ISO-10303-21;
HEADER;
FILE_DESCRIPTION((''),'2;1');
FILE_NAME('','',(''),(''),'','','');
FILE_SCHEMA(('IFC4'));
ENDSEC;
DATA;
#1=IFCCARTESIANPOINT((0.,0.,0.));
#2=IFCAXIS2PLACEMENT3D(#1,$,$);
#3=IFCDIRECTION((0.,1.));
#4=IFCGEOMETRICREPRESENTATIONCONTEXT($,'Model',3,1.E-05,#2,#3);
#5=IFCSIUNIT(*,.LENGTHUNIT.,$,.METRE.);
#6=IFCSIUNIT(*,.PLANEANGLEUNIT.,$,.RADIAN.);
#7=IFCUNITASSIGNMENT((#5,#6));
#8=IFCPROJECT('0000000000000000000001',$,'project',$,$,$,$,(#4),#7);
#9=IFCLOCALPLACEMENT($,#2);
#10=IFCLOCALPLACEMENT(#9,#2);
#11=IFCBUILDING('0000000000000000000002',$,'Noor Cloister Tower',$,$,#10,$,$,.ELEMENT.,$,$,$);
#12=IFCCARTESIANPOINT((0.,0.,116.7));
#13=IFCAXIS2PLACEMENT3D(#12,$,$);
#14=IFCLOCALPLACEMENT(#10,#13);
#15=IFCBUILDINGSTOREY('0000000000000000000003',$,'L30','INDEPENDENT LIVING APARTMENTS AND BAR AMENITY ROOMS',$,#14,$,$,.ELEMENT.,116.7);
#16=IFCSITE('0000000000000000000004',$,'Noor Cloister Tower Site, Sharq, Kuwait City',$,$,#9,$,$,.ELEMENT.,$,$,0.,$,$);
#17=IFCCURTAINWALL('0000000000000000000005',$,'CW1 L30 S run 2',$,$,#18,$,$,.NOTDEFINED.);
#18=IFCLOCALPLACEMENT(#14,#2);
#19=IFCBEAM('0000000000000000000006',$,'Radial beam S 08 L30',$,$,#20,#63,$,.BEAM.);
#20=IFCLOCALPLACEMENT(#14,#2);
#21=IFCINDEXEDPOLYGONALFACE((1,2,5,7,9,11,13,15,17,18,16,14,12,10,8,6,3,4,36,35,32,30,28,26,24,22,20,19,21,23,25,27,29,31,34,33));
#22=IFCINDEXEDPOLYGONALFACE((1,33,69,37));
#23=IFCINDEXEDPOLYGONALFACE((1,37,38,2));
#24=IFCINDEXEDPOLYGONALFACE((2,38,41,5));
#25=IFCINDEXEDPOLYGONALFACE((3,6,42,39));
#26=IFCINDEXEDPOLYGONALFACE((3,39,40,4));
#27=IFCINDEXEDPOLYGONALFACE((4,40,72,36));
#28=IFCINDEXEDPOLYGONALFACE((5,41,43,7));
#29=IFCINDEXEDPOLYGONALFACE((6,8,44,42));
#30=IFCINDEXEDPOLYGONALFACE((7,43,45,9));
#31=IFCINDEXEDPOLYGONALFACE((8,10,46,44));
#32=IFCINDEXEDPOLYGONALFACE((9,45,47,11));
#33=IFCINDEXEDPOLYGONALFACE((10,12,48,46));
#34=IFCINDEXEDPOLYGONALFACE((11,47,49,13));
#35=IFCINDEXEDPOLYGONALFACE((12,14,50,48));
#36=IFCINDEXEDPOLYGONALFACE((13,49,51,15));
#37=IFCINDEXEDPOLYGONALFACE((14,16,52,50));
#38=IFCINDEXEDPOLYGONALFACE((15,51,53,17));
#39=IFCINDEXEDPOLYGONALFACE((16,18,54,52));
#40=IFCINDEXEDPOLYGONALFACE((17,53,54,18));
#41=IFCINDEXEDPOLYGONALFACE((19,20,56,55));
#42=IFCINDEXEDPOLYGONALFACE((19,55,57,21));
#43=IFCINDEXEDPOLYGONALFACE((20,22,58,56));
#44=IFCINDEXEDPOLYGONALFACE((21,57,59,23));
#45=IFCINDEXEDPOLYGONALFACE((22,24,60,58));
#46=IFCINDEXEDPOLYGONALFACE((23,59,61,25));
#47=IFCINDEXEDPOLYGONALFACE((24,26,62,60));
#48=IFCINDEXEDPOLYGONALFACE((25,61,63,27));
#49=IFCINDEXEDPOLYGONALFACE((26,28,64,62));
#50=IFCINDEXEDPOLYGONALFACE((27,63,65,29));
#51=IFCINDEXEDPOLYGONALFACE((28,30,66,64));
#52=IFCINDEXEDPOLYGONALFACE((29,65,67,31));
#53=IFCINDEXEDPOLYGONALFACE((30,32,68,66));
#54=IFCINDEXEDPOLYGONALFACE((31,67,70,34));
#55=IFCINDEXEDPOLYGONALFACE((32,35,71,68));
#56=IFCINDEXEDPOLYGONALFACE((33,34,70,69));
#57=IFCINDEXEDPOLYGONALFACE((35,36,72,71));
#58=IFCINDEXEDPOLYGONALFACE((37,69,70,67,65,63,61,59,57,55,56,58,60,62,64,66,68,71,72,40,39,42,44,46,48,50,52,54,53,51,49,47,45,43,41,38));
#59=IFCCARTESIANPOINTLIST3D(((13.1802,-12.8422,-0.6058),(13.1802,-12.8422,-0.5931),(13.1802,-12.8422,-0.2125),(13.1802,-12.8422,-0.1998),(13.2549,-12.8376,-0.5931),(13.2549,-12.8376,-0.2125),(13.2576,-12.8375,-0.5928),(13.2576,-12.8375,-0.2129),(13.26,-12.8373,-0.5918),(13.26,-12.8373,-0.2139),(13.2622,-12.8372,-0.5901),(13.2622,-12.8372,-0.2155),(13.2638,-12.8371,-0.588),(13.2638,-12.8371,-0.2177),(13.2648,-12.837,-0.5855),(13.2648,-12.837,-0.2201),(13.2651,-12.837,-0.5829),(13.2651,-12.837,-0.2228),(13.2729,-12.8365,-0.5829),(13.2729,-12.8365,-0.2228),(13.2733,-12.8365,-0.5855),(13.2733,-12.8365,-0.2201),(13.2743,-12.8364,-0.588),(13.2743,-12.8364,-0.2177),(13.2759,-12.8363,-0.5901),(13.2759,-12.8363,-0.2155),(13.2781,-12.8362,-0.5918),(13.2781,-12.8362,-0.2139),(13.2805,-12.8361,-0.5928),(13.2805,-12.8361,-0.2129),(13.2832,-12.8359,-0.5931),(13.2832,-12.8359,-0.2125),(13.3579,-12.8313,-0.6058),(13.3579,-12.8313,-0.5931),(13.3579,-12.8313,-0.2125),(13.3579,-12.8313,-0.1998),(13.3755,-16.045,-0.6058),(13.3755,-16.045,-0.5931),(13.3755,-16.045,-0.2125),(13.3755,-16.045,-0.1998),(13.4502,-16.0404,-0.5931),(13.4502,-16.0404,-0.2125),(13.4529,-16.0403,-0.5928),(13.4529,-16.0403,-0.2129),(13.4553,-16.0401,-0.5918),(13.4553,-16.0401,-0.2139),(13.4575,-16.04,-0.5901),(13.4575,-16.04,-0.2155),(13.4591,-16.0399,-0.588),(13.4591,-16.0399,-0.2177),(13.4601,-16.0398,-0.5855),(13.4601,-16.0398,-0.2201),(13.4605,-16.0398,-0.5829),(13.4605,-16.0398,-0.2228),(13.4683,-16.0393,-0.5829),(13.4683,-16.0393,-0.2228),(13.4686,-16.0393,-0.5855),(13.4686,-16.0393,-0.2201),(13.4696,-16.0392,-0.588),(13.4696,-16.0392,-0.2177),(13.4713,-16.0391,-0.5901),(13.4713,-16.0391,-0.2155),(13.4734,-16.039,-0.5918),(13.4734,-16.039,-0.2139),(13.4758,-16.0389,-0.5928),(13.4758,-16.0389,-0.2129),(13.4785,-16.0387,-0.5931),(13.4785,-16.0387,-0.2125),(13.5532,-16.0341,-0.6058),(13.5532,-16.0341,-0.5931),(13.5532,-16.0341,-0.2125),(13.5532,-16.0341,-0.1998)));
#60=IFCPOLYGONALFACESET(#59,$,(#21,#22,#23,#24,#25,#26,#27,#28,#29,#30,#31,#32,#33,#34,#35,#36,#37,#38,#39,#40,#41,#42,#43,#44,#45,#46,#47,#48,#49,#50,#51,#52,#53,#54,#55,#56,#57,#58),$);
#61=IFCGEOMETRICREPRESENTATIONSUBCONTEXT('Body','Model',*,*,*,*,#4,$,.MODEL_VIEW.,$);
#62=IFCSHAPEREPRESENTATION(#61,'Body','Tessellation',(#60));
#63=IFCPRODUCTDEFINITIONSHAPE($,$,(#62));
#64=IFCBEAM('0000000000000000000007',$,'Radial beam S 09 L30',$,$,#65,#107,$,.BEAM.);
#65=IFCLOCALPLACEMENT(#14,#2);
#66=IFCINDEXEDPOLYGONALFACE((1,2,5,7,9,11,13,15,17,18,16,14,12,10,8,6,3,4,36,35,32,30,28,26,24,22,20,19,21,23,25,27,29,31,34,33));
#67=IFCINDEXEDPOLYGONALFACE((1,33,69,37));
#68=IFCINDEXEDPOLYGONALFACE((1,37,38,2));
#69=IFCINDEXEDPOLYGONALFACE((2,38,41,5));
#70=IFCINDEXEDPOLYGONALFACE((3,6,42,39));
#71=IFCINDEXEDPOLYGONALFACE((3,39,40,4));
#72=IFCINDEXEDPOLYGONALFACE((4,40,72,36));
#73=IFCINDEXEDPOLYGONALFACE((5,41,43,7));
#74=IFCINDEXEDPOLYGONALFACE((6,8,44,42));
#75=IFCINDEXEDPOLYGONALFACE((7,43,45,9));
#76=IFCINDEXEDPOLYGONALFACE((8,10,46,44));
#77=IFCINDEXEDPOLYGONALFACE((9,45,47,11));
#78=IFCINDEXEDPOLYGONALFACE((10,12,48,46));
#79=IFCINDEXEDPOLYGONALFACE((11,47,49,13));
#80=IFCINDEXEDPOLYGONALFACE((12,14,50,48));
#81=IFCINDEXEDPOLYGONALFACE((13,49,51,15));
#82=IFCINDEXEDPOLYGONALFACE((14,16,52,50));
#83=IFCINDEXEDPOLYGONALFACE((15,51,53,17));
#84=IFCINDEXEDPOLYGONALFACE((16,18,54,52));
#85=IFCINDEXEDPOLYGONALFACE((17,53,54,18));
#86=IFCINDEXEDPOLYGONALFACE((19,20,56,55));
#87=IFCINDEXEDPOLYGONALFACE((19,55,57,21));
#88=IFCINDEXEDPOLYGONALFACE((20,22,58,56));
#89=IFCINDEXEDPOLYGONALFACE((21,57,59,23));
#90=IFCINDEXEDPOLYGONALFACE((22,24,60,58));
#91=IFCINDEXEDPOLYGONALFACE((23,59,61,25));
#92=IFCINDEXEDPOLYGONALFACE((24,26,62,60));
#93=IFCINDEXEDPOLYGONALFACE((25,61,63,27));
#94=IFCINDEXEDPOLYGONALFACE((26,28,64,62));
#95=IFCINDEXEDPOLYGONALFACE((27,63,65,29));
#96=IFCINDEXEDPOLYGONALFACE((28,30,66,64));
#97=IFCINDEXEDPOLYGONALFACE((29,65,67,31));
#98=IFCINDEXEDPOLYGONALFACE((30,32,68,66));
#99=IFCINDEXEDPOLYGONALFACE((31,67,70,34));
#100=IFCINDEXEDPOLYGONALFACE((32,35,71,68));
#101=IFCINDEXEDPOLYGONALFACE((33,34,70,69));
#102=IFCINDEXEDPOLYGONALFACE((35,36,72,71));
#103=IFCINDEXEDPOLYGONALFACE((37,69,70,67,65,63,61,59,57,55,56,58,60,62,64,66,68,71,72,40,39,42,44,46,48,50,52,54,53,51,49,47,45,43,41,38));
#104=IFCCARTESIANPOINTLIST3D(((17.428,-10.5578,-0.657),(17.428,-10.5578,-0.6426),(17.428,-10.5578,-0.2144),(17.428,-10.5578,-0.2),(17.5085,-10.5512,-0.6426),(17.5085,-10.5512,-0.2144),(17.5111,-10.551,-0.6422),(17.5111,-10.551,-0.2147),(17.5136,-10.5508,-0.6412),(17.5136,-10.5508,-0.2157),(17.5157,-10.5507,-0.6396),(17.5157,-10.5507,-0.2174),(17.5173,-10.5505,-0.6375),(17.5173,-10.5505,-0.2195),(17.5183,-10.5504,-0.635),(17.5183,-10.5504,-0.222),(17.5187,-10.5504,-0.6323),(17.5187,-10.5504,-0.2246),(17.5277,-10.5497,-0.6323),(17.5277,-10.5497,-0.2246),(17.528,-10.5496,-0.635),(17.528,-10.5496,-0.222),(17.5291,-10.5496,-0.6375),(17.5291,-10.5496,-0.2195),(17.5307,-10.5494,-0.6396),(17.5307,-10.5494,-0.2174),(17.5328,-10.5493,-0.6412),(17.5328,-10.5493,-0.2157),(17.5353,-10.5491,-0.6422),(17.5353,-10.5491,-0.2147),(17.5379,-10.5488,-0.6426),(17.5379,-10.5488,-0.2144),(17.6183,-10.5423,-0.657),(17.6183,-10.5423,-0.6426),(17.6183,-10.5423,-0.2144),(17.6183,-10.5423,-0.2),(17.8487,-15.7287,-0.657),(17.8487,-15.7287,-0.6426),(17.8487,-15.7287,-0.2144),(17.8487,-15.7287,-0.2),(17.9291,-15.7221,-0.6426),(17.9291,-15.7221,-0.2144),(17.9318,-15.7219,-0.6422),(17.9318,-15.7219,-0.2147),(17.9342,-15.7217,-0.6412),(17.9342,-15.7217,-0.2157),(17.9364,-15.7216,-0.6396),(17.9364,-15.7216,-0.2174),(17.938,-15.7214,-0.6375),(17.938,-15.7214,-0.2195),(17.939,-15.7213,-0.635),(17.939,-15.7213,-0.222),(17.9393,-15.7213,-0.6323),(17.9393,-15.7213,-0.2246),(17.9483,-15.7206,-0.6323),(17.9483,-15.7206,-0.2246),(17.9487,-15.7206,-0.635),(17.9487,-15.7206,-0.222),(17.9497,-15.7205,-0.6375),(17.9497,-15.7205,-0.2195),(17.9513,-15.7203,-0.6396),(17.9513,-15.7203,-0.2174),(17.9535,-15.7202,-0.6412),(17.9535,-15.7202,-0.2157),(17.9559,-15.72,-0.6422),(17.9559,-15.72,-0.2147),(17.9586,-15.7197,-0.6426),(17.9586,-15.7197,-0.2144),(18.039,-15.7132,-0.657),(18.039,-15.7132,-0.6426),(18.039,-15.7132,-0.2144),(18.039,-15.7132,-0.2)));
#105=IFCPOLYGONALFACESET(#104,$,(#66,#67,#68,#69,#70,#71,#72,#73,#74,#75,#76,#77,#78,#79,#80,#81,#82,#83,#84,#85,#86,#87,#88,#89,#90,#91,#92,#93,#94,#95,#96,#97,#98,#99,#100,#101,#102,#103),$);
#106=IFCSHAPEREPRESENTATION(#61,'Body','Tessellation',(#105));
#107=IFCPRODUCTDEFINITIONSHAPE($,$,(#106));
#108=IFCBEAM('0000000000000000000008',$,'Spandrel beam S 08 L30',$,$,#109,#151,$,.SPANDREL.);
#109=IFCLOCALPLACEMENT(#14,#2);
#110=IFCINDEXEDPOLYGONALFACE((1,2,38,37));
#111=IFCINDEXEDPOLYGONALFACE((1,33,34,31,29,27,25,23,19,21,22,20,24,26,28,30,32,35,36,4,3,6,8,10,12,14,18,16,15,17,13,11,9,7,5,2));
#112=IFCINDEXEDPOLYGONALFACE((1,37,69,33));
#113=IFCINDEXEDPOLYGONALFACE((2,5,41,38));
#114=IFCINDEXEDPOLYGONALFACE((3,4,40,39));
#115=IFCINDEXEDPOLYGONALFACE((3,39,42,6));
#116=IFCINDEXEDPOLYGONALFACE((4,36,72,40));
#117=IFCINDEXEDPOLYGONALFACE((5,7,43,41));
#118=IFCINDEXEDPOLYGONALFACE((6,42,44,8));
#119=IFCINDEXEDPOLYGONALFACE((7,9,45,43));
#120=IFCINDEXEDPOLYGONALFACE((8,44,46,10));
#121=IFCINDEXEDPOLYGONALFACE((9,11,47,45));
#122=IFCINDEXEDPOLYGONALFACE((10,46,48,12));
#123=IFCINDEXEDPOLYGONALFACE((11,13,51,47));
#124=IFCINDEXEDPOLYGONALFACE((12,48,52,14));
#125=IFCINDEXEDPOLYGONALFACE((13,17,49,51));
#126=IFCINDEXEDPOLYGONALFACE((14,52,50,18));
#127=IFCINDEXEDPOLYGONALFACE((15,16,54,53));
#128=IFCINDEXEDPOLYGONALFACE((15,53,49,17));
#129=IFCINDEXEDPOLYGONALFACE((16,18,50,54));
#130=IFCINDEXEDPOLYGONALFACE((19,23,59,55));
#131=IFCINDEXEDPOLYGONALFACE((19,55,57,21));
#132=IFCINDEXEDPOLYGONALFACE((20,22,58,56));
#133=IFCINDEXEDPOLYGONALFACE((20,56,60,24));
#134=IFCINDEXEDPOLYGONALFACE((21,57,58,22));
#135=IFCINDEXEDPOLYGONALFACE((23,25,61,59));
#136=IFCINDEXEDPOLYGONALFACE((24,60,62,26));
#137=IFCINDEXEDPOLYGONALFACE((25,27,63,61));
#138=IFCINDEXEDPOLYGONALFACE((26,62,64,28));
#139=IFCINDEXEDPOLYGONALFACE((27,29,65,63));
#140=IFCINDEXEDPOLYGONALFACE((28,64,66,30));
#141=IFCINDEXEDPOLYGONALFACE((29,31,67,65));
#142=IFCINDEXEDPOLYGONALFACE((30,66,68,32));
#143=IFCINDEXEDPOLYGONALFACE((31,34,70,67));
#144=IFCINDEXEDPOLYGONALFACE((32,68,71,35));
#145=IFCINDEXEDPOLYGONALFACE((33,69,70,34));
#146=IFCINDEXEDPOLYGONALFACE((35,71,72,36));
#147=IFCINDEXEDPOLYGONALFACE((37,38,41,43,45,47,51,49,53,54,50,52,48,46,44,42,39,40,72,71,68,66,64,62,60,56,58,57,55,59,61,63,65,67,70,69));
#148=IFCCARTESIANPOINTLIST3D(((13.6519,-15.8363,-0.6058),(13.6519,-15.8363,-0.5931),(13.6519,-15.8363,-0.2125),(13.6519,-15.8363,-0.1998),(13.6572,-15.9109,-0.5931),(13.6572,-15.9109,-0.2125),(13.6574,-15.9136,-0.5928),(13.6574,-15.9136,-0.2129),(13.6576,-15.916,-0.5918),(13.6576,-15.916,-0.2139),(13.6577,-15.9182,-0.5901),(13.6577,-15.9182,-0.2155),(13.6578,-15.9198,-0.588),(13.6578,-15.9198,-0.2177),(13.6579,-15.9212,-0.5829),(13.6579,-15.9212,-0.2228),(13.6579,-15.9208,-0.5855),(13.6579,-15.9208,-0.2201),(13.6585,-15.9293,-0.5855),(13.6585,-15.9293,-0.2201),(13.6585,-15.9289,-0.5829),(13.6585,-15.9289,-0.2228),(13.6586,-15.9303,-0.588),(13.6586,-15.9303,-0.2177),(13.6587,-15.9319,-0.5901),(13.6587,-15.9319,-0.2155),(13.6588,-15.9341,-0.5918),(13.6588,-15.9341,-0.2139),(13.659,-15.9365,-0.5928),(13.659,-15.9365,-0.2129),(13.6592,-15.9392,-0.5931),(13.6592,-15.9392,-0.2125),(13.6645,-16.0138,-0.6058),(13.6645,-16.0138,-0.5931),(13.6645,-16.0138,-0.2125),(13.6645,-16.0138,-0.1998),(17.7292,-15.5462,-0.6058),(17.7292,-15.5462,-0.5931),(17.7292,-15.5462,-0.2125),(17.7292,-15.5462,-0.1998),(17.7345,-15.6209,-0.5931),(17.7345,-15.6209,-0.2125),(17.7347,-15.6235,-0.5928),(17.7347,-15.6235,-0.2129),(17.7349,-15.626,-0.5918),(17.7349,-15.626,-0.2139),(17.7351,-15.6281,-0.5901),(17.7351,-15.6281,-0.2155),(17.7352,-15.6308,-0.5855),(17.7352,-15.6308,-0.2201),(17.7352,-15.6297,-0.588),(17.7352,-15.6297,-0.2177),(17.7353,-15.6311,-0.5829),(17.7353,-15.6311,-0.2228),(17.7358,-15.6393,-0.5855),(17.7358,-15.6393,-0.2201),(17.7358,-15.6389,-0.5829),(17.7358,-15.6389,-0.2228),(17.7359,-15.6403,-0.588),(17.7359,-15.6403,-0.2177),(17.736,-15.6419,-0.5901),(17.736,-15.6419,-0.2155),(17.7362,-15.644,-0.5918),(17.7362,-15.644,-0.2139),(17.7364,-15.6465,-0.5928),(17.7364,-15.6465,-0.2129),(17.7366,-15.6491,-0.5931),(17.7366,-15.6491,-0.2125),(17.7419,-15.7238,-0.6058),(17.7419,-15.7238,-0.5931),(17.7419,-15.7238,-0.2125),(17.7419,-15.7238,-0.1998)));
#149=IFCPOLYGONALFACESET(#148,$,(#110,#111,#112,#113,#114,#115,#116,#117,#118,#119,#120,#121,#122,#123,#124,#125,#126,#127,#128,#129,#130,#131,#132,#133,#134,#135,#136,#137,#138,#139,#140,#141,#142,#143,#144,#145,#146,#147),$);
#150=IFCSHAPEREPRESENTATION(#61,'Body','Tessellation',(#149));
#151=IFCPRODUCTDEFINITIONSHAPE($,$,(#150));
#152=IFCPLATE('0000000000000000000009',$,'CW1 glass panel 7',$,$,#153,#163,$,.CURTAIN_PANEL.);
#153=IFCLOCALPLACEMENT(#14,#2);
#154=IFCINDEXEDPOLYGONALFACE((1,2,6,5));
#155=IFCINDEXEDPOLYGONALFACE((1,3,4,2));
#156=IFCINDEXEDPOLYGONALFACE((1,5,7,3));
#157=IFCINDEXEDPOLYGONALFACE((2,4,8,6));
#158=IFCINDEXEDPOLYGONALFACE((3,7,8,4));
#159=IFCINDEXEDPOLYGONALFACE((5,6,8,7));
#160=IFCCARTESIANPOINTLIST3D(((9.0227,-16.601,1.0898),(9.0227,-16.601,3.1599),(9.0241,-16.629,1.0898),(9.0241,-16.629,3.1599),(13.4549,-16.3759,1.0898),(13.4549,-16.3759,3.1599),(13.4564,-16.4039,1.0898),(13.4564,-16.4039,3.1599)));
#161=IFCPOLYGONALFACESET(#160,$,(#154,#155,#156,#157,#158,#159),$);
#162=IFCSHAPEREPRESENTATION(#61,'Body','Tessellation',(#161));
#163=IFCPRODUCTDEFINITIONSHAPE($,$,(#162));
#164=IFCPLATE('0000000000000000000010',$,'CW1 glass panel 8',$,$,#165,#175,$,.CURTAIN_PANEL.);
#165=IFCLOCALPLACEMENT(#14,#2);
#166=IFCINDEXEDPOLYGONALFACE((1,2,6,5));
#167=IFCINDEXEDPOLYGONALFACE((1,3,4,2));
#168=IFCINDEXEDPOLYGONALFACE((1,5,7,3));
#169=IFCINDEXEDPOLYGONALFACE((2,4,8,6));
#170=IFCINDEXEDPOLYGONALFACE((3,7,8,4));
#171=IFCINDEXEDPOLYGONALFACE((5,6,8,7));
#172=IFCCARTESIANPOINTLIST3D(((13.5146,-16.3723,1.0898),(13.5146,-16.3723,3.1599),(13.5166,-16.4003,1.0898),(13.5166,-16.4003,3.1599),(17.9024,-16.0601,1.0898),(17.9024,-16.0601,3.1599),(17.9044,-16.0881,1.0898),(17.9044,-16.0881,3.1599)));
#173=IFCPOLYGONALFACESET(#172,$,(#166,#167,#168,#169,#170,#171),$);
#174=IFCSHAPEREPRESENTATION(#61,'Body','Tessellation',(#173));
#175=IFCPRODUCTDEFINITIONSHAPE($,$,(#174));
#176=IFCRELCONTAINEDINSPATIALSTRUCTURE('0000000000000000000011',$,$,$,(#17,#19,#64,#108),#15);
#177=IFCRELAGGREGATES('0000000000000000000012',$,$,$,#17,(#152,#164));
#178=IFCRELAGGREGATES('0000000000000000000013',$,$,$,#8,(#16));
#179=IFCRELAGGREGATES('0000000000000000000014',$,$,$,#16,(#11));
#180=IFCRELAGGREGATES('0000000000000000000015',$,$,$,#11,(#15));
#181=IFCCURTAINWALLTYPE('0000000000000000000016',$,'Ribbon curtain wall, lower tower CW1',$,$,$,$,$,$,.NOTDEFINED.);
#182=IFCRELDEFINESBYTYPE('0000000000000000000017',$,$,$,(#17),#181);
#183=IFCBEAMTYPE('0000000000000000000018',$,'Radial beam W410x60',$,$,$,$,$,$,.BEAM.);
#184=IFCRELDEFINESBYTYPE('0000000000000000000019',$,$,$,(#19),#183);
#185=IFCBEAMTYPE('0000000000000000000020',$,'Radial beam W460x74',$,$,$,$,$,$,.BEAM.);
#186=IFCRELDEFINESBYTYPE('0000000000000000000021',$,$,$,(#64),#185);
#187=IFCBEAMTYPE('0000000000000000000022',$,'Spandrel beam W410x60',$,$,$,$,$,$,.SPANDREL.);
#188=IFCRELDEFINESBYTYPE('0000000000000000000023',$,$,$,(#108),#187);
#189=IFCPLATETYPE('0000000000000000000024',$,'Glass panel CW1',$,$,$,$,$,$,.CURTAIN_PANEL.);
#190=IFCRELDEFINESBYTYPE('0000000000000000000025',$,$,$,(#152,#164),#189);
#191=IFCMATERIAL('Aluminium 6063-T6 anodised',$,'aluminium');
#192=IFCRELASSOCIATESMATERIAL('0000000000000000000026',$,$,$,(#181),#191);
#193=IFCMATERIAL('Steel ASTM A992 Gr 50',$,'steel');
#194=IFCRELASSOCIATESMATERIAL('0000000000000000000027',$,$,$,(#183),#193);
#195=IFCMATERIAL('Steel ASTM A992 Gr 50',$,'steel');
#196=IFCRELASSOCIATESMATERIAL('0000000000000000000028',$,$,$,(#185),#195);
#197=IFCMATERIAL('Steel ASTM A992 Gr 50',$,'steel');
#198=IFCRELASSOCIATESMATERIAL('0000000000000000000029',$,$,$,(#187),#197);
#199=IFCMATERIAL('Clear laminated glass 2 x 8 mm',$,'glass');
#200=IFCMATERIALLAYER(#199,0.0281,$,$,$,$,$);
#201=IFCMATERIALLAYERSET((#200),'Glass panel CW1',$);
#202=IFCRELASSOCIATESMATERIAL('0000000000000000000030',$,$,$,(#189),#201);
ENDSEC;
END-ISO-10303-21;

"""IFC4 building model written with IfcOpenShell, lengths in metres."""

from ifc_helpers import new_model, si_unit, direction, frame, origin, origin_2d, place, context, subcontext, project, spatial, rectangle, i_section, extrude, material, layer, layer_set, material_profile, profile_set, type_object, element, aggregate, save


model = new_model("IFC4")

# Units and contexts
model_context = context("Model", 3, precision=1e-05, world=origin(), true_north=direction((0.0, 1.0)))
body_context = subcontext(model_context, "Body", "Model", "MODEL_VIEW")
ifc_project = project(units=[si_unit("LENGTHUNIT", "METRE"), si_unit("PLANEANGLEUNIT", "RADIAN")], contexts=[model_context])

# Site, building, storey
site_placement = place(None, origin())
site = spatial("IfcSite", under=ifc_project, at=site_placement, Name="Noor Cloister Tower Site, Sharq, Kuwait City", CompositionType="ELEMENT", RefElevation=0.0)
building_placement = place(site_placement, origin())
building = spatial("IfcBuilding", under=site, at=building_placement, Name="Noor Cloister Tower", CompositionType="ELEMENT")
storey_placement = place(building_placement, frame((0.0, 0.0, 116.7)))
storey = spatial("IfcBuildingStorey", under=building, at=storey_placement, Name="L30", Description="INDEPENDENT LIVING APARTMENTS AND BAR AMENITY ROOMS", CompositionType="ELEMENT", Elevation=116.7)

# Curtain wall
ifc_material_1 = material(Name="Aluminium 6063-T6 anodised", Category="aluminium")
curtain_wall_type = type_object("IfcCurtainWallType", Name="Ribbon curtain wall, lower tower CW1", PredefinedType="NOTDEFINED", material=ifc_material_1)
curtain_wall_placement = place(storey_placement, origin())
curtain_wall = element("IfcCurtainWall", 1, at=curtain_wall_placement, inside=storey, type_object=curtain_wall_type, Name="CW1 L30 S run 2", PredefinedType="NOTDEFINED")

# Beams
ifc_material_2 = material(Name="Steel ASTM A992 Gr 50", Category="steel")
ifc_material_profile_1 = material_profile(ifc_material_2, i_section(OverallWidth=0.178, OverallDepth=0.406, WebThickness=0.0078, FlangeThickness=0.0127, FilletRadius=0.0103, at=origin_2d()), Name="W410x60")
ifc_profile_set_1 = profile_set([ifc_material_profile_1], Name="Steel ASTM A992 Gr 50")
beam_type_1 = type_object("IfcBeamType", Name="Radial beam W410x60", PredefinedType="BEAM", material=ifc_profile_set_1)
beam_1_placement = place(storey_placement, frame((13.4644, -16.0396, -0.4028), z_axis=(-0.060867, 0.998146, 0.0), x_axis=(-0.998146, -0.060867, 0.0)))
element("IfcBeam", 2, at=beam_1_placement, inside=storey, type_object=beam_type_1, Name="Radial beam S 08 L30", PredefinedType="BEAM", context=body_context, shape_type="SweptSolid", body=[
    extrude(i_section(OverallWidth=0.178, OverallDepth=0.406, WebThickness=0.0078, FlangeThickness=0.0127, FilletRadius=0.0103, at=origin_2d()), origin(), (0.0, 0.0, 1.0), 3.2087),
])
ifc_material_3 = material(Name="Steel ASTM A992 Gr 50", Category="steel")
ifc_material_profile_2 = material_profile(ifc_material_3, i_section(OverallWidth=0.1909, OverallDepth=0.457, WebThickness=0.009, FlangeThickness=0.0144, FilletRadius=0.0103, at=origin_2d()), Name="W460x74")
ifc_profile_set_2 = profile_set([ifc_material_profile_2], Name="Steel ASTM A992 Gr 50")
beam_type_2 = type_object("IfcBeamType", Name="Radial beam W460x74", PredefinedType="BEAM", material=ifc_profile_set_2)
beam_2_placement = place(storey_placement, frame((17.9438, -15.7209, -0.4285), z_axis=(-0.081082, 0.996707, 0.0), x_axis=(-0.996707, -0.081082, 0.0)))
element("IfcBeam", 3, at=beam_2_placement, inside=storey, type_object=beam_type_2, Name="Radial beam S 09 L30", PredefinedType="BEAM", context=body_context, shape_type="SweptSolid", body=[
    extrude(i_section(OverallWidth=0.1909, OverallDepth=0.457, WebThickness=0.009, FlangeThickness=0.0144, FilletRadius=0.0103, at=origin_2d()), origin(), (0.0, 0.0, 1.0), 5.188),
])
ifc_material_4 = material(Name="Steel ASTM A992 Gr 50", Category="steel")
ifc_material_profile_3 = material_profile(ifc_material_4, i_section(OverallWidth=0.178, OverallDepth=0.406, WebThickness=0.0078, FlangeThickness=0.0127, FilletRadius=0.0103, at=origin_2d()), Name="W410x60")
ifc_profile_set_3 = profile_set([ifc_material_profile_3], Name="Steel ASTM A992 Gr 50")
beam_type_3 = type_object("IfcBeamType", Name="Spandrel beam W410x60", PredefinedType="SPANDREL", material=ifc_profile_set_3)
beam_3_placement = place(storey_placement, frame((13.6582, -15.925, -0.4028), z_axis=(0.99748, 0.070954, 0.0), x_axis=(-0.070954, 0.99748, 0.0)))
element("IfcBeam", 4, at=beam_3_placement, inside=storey, type_object=beam_type_3, Name="Spandrel beam S 08 L30", PredefinedType="SPANDREL", context=body_context, shape_type="SweptSolid", body=[
    extrude(i_section(OverallWidth=0.178, OverallDepth=0.406, WebThickness=0.0078, FlangeThickness=0.0127, FilletRadius=0.0103, at=origin_2d()), origin(), (0.0, 0.0, 1.0), 4.0876),
])

# Plates
ifc_material_5 = material(Name="Clear laminated glass 2 x 8 mm", Category="glass")
ifc_layer = layer(ifc_material_5, 0.0281)
ifc_layer_set = layer_set([ifc_layer], Name="Glass panel CW1")
plate_type = type_object("IfcPlateType", Name="Glass panel CW1", PredefinedType="CURTAIN_PANEL", material=ifc_layer_set)
plate_1_placement = place(storey_placement, frame((11.2395, -16.5024, 1.0898), z_axis=(0.0, 0.0, 1.0), x_axis=(0.998713, 0.050715, 0.0)))
plate_1 = element("IfcPlate", 5, at=plate_1_placement, type_object=plate_type, Name="CW1 glass panel 7", PredefinedType="CURTAIN_PANEL", context=body_context, shape_type="SweptSolid", body=[
    extrude(rectangle(XDim=4.438, YDim=0.0281, at=origin_2d()), origin(), (0.0, 0.0, 1.0), 2.0701),
])
plate_2_placement = place(storey_placement, frame((15.7095, -16.2302, 1.0898), z_axis=(0.0, 0.0, 1.0), x_axis=(0.997478, 0.070972, 0.0)))
plate_2 = element("IfcPlate", 6, at=plate_2_placement, type_object=plate_type, Name="CW1 glass panel 8", PredefinedType="CURTAIN_PANEL", context=body_context, shape_type="SweptSolid", body=[
    extrude(rectangle(XDim=4.3989, YDim=0.0281, at=origin_2d()), origin(), (0.0, 0.0, 1.0), 2.0701),
])
aggregate(curtain_wall, [plate_1, plate_2])

save(model, "model.ifc")
